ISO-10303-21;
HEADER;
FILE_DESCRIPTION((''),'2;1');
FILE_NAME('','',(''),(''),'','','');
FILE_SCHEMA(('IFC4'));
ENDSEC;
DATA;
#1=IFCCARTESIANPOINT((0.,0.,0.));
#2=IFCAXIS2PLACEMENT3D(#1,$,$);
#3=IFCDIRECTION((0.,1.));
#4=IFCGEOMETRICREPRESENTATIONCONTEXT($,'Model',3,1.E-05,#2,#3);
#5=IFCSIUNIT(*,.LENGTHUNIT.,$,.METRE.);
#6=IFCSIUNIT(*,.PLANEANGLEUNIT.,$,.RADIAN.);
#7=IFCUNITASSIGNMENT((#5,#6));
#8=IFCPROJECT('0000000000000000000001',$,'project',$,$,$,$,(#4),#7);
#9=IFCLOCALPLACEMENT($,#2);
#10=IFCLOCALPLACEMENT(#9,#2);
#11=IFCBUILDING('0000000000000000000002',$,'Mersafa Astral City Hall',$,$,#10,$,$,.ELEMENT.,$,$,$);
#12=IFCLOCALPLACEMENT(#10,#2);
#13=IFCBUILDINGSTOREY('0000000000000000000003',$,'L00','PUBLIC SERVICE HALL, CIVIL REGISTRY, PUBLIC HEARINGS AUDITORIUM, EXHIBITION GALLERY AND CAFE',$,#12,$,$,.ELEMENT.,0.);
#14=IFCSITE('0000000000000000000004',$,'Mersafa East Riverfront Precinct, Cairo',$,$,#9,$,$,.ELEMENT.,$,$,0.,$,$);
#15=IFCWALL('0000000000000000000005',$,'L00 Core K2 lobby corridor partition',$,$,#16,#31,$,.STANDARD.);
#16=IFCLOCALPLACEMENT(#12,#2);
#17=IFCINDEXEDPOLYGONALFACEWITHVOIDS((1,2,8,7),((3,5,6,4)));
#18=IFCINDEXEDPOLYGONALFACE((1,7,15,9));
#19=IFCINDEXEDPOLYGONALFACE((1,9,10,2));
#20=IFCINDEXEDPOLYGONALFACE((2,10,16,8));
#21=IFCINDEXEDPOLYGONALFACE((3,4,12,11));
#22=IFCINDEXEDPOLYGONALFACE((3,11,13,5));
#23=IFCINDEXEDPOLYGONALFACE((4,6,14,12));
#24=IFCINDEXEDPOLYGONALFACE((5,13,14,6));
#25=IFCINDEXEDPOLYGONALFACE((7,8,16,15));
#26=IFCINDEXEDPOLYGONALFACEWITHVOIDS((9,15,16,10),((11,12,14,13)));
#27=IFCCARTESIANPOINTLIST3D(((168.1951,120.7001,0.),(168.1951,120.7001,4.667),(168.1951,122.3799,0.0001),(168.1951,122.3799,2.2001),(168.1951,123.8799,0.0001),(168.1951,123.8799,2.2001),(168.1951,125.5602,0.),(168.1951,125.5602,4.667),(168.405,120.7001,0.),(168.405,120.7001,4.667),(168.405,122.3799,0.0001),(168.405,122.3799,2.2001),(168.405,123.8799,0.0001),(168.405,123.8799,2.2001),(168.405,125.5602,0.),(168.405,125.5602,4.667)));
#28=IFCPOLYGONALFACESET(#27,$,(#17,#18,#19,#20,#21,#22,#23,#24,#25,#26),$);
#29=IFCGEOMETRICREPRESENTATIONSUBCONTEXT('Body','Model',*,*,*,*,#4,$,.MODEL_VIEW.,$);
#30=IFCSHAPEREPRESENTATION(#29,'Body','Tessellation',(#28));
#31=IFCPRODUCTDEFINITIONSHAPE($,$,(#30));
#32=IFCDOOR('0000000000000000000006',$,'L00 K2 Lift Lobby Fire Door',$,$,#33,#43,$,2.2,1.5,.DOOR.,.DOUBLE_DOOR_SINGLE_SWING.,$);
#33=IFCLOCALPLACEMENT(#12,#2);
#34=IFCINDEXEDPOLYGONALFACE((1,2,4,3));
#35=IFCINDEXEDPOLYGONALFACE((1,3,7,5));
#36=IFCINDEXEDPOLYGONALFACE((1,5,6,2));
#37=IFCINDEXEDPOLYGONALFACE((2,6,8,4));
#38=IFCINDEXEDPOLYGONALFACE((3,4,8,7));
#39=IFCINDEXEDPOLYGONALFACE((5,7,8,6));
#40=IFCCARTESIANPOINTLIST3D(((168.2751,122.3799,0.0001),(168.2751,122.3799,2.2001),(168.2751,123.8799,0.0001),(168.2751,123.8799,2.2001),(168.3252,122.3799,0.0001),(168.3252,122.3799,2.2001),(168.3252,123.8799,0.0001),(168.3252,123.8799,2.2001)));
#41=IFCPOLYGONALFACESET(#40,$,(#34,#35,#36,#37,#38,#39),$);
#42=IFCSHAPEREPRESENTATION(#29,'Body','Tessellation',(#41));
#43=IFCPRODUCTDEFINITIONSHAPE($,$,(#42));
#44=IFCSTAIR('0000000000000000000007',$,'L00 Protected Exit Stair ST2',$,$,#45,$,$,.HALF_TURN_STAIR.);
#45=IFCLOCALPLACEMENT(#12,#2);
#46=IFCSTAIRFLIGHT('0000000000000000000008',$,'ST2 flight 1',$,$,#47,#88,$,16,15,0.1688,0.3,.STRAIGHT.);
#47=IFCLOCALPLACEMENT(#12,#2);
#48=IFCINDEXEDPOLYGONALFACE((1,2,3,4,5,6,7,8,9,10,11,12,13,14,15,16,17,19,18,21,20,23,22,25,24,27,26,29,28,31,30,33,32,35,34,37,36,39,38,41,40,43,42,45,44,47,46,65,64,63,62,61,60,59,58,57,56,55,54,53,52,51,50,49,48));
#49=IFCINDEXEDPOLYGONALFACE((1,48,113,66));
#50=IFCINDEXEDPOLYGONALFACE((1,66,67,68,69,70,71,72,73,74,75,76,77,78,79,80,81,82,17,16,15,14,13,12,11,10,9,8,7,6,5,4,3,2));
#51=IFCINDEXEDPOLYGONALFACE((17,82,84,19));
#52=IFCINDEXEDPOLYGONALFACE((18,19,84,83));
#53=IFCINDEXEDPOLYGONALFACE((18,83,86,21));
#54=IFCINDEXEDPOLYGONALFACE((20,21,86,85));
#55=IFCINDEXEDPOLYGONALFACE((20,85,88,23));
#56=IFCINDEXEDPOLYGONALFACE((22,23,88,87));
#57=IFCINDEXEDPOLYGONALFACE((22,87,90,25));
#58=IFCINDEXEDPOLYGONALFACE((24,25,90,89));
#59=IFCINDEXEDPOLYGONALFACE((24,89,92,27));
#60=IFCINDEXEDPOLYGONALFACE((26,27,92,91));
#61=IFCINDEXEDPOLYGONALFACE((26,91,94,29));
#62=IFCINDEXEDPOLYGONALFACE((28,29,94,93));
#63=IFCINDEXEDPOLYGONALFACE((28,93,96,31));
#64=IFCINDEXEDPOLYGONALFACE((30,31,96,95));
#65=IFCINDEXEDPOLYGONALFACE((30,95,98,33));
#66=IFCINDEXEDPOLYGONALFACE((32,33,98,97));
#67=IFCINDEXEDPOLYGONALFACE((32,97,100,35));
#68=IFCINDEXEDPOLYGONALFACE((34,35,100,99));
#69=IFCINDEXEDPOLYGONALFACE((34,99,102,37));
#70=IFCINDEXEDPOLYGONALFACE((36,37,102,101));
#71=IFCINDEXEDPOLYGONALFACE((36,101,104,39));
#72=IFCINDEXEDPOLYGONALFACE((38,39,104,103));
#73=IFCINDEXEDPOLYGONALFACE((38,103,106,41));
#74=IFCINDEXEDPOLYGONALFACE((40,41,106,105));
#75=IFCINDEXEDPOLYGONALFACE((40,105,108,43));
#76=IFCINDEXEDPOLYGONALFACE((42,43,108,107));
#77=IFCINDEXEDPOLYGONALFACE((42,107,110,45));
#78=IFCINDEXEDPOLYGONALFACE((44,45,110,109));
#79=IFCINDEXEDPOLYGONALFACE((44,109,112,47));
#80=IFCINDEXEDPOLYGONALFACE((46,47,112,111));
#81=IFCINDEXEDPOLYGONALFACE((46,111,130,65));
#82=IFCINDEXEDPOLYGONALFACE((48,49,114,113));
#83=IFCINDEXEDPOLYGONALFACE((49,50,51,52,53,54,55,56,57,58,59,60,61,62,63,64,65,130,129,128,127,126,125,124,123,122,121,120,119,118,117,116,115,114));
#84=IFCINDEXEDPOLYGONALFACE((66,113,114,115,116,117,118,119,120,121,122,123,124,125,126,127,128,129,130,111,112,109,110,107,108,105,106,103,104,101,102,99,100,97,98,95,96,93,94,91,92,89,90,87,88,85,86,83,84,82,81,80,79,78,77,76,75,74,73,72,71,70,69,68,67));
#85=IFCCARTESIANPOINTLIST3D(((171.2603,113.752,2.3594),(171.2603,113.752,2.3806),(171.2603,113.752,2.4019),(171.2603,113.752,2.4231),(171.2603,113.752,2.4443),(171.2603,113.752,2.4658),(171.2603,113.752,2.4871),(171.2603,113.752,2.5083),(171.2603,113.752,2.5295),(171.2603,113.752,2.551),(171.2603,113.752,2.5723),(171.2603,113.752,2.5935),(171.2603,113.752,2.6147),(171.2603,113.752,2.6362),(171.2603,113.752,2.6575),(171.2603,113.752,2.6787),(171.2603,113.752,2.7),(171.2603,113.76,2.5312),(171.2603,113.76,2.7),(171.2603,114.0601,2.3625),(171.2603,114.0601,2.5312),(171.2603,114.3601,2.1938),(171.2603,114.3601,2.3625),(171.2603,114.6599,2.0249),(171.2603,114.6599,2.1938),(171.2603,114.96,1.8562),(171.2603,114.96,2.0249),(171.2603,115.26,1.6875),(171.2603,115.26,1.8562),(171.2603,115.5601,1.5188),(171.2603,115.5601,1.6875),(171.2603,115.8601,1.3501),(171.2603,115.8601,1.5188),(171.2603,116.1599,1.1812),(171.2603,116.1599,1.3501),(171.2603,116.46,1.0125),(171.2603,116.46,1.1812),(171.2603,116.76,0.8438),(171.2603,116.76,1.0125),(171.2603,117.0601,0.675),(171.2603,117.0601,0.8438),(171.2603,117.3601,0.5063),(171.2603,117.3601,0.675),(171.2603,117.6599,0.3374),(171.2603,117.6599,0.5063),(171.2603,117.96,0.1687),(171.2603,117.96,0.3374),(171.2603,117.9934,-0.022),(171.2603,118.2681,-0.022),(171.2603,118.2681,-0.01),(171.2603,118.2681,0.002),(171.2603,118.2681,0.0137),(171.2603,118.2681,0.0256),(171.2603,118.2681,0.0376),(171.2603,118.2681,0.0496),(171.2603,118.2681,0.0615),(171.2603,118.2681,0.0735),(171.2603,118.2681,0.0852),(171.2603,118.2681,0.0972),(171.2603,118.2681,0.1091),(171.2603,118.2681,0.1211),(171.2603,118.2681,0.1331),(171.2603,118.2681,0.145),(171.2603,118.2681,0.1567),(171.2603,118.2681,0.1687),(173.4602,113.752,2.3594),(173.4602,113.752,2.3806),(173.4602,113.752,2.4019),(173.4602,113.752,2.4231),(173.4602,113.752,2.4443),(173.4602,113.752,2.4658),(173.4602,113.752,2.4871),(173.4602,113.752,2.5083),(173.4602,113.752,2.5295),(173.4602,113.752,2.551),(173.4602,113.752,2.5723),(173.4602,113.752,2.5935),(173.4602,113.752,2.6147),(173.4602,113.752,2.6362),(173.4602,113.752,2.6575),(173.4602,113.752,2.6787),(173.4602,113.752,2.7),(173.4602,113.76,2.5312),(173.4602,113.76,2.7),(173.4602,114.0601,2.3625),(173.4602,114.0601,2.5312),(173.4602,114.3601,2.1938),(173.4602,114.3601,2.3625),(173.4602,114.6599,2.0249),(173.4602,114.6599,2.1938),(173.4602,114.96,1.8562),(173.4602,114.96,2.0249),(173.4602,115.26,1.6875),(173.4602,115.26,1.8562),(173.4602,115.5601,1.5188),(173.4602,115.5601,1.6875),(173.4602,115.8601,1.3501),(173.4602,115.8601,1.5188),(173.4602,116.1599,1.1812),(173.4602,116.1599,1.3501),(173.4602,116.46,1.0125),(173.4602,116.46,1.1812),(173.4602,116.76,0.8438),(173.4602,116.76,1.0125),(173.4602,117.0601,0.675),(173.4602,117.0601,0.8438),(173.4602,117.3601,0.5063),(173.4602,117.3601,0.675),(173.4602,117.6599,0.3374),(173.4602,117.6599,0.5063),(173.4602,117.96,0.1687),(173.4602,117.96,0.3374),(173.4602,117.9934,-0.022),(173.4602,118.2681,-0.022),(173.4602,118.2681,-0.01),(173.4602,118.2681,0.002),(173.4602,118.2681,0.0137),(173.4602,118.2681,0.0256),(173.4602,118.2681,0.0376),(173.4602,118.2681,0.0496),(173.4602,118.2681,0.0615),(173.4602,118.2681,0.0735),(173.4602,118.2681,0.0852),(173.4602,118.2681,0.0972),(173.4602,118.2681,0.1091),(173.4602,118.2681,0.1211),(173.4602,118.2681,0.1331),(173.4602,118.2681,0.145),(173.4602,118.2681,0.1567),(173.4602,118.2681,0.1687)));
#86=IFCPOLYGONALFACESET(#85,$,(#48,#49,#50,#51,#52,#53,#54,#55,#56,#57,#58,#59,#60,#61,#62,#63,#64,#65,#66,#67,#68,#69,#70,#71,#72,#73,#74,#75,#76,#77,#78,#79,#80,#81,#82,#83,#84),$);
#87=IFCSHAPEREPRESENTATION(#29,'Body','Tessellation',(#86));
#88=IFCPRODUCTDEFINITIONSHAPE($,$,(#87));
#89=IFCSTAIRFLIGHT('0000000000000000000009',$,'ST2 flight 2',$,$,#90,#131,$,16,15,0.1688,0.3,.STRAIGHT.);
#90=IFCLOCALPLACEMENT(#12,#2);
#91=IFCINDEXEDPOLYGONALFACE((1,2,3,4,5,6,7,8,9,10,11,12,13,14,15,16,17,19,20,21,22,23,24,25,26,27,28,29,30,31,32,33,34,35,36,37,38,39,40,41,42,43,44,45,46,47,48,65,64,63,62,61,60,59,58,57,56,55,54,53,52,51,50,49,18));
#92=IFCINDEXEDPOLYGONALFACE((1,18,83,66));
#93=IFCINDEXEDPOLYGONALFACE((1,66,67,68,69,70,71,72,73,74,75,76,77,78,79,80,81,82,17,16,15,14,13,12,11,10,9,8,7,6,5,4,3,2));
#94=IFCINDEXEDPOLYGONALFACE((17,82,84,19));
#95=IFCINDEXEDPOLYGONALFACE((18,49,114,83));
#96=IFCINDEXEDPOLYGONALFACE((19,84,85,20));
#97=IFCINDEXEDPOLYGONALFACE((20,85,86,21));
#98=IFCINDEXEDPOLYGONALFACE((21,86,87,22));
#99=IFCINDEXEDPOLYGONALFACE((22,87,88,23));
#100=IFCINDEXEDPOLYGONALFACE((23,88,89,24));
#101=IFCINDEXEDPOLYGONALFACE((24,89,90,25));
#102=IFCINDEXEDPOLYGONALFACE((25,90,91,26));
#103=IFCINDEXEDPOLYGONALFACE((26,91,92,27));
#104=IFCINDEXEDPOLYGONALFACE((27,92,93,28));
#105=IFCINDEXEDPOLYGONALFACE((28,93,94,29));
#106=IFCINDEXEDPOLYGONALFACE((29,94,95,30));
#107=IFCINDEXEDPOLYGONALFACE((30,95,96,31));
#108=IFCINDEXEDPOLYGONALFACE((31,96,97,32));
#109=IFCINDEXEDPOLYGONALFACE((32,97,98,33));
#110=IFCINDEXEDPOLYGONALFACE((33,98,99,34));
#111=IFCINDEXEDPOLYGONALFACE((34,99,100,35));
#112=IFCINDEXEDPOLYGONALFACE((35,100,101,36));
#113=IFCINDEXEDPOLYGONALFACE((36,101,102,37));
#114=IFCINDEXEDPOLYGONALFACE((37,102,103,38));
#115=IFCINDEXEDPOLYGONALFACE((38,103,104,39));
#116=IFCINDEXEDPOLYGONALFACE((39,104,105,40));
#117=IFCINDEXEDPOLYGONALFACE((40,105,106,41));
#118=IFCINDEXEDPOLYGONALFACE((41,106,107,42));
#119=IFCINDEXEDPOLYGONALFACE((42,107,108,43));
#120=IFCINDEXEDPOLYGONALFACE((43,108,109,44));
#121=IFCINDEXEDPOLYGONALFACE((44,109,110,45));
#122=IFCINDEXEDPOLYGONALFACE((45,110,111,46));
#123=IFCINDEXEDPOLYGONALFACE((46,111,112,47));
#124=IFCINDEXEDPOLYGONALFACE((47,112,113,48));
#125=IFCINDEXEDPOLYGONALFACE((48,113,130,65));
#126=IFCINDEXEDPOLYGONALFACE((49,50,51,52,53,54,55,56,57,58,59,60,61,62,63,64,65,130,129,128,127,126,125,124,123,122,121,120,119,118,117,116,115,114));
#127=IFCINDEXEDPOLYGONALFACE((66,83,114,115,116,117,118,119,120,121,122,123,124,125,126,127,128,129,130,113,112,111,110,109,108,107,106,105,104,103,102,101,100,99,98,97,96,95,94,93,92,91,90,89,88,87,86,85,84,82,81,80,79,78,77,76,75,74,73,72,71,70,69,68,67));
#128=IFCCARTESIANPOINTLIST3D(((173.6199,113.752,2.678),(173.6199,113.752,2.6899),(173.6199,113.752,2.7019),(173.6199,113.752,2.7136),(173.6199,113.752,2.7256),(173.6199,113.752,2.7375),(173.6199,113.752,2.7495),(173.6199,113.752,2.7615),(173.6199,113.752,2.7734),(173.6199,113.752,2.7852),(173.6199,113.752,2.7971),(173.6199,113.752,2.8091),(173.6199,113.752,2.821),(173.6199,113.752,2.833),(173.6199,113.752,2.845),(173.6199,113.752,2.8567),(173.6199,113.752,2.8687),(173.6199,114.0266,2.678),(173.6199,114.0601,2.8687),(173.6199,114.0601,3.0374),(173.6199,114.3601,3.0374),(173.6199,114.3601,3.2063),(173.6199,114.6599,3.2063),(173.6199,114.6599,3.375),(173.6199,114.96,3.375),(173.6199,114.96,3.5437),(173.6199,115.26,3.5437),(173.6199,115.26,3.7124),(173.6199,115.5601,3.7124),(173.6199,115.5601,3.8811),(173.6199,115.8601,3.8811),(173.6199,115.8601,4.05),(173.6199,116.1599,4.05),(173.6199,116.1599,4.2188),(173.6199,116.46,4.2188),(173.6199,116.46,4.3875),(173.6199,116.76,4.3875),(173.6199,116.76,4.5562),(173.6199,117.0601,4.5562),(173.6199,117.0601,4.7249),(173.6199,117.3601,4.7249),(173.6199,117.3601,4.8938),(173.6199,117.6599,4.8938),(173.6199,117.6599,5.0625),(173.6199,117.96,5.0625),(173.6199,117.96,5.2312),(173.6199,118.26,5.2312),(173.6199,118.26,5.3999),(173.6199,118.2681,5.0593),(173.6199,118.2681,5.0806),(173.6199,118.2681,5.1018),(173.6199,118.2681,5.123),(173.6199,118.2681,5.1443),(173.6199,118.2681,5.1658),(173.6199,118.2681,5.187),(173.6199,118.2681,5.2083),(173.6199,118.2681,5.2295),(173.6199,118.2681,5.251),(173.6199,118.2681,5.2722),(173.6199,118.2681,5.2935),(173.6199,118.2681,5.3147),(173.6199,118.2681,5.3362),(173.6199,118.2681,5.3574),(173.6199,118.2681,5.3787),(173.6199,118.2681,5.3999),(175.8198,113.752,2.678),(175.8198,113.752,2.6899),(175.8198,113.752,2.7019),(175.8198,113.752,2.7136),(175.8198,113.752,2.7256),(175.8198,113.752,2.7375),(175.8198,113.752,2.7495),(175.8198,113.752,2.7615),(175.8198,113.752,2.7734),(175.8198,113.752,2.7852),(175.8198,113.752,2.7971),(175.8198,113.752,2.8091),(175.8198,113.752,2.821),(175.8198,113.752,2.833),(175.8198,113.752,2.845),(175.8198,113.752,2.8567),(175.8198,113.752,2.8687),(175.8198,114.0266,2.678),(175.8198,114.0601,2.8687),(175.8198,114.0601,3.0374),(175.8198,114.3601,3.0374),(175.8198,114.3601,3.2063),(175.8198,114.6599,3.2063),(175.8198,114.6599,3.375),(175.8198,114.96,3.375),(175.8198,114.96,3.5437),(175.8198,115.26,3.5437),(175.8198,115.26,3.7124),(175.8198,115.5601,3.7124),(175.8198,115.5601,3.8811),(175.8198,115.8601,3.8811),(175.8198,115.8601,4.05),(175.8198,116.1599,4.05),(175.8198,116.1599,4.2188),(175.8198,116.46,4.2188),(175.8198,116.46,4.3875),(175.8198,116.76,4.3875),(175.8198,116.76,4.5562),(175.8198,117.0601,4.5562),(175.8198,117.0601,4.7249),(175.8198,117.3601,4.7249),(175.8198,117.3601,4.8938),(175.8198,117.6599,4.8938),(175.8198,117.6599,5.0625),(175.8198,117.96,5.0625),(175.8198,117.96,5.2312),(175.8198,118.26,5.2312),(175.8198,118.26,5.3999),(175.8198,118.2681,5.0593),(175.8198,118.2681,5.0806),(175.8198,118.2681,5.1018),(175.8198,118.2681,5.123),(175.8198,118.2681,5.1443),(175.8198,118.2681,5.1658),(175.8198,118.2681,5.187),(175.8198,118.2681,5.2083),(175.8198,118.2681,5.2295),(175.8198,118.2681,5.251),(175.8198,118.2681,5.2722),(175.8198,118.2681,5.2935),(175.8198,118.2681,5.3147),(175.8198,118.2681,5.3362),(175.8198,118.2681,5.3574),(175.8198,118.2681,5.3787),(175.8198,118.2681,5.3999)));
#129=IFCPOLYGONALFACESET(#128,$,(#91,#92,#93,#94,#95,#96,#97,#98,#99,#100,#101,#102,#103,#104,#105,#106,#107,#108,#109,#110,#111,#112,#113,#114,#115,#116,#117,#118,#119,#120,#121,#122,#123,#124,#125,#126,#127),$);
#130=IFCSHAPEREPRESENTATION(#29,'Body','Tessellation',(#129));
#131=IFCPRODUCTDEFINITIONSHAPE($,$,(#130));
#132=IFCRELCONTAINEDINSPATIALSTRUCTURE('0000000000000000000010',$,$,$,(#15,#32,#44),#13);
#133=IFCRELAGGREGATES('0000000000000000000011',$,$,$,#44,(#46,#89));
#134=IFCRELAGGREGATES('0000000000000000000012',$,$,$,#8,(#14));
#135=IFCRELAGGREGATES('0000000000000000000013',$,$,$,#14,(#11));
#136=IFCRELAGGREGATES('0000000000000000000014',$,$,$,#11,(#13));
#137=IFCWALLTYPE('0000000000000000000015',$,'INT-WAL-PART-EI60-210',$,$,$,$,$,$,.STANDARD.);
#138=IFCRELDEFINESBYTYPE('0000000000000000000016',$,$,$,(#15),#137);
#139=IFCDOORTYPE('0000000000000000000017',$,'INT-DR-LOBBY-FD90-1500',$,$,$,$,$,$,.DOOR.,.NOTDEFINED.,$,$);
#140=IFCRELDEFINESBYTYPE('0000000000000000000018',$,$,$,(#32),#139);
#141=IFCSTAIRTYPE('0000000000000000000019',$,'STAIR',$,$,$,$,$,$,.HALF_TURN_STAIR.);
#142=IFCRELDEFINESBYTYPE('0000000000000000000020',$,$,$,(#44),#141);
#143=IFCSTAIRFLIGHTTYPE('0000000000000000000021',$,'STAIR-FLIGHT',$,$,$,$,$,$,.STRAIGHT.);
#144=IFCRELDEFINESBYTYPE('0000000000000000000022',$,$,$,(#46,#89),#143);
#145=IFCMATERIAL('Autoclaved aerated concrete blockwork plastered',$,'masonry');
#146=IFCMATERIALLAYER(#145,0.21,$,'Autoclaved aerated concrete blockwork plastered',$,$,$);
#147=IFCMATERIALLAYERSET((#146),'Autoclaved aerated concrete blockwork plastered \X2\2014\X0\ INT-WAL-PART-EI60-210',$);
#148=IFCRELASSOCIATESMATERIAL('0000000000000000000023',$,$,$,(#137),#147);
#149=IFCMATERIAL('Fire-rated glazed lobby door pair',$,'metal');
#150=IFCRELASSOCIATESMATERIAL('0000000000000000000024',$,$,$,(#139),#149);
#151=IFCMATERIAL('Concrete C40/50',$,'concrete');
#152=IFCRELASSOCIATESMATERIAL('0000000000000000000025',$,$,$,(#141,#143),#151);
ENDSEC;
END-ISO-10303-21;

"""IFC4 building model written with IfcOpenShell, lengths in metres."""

from ifc_helpers import new_model, si_unit, direction, frame, frame_2d, origin, place, context, subcontext, project, spatial, polyline, rectangle, outline, extrude, material, layer, layer_set, type_object, element, fill, aggregate, save


model = new_model("IFC4")

# Units and contexts
model_context = context("Model", 3, precision=1e-05, world=origin(), true_north=direction((0.0, 1.0)))
body_context = subcontext(model_context, "Body", "Model", "MODEL_VIEW")
ifc_project = project(units=[si_unit("LENGTHUNIT", "METRE"), si_unit("PLANEANGLEUNIT", "RADIAN")], contexts=[model_context])

# Site, building, storey
site_placement = place(None, origin())
site = spatial("IfcSite", under=ifc_project, at=site_placement, Name="Mersafa East Riverfront Precinct, Cairo", CompositionType="ELEMENT", RefElevation=0.0)
building_placement = place(site_placement, origin())
building = spatial("IfcBuilding", under=site, at=building_placement, Name="Mersafa Astral City Hall", CompositionType="ELEMENT")
storey_placement = place(building_placement, origin())
storey = spatial("IfcBuildingStorey", under=building, at=storey_placement, Name="L00", Description="PUBLIC SERVICE HALL, CIVIL REGISTRY, PUBLIC HEARINGS AUDITORIUM, EXHIBITION GALLERY AND CAFE", CompositionType="ELEMENT", Elevation=0.0)

# Shared definitions
ifc_material_1 = material(Name="Concrete C40/50", Category="concrete")

# Wall, opening, door
ifc_material_2 = material(Name="Autoclaved aerated concrete blockwork plastered", Category="masonry")
ifc_layer_1 = layer(ifc_material_2, 0.21, Name="Autoclaved aerated concrete blockwork plastered")
ifc_layer_set_1 = layer_set([ifc_layer_1], Name="Autoclaved aerated concrete blockwork plastered — INT-WAL-PART-EI60-210")
wall_type_1 = type_object("IfcWallType", Name="INT-WAL-PART-EI60-210", PredefinedType="STANDARD", material=ifc_layer_set_1)
wall_1_placement = place(storey_placement, frame((168.3, 120.7, 0.0), z_axis=(0.0, 0.0, 1.0), x_axis=(0.0, 1.0, 0.0)))
wall_1 = element("IfcWall", 1, at=wall_1_placement, inside=storey, type_object=wall_type_1, Name="L00 Core K2 lobby corridor partition", PredefinedType="STANDARD", context=body_context, shape_type="SweptSolid", body=[
    extrude(rectangle(XDim=4.8601, YDim=0.21, at=frame_2d((2.4302, 0.0))), origin(), (0.0, 0.0, 1.0), 4.667),
])
opening_1_placement = place(wall_1_placement, frame((1.6799, 0.0, 0.0)))
opening_1 = element("IfcOpeningElement", 2, at=opening_1_placement, cuts=wall_1, PredefinedType="OPENING", context=body_context, shape_type="SweptSolid", body=[
    extrude(rectangle(XDim=1.5, YDim=2.2, at=frame_2d((0.75, 1.1001))), frame((0.0, 0.115, 0.0), z_axis=(0.0, -1.0, 0.0), x_axis=(1.0, 0.0, 0.0)), (0.0, 0.0, 1.0), 0.23),
])
ifc_material_3 = material(Name="Fire-rated glazed lobby door pair", Category="metal")
door_type_1 = type_object("IfcDoorType", Name="INT-DR-LOBBY-FD90-1500", OperationType="NOTDEFINED", PredefinedType="DOOR", material=ifc_material_3)
door_1_placement = place(opening_1_placement, origin())
door_1 = element("IfcDoor", 3, at=door_1_placement, inside=storey, type_object=door_type_1, Name="L00 K2 Lift Lobby Fire Door", OperationType="DOUBLE_DOOR_SINGLE_SWING", OverallHeight=2.2, OverallWidth=1.5, PredefinedType="DOOR", context=body_context, shape_type="SweptSolid", body=[
    extrude(rectangle(XDim=1.5, YDim=2.2, at=frame_2d((0.75, 1.1001))), frame((0.0, 0.0249, 0.0), z_axis=(0.0, -1.0, 0.0), x_axis=(1.0, 0.0, 0.0)), (0.0, 0.0, 1.0), 0.05),
])
fill(opening_1, door_1)

# Stair, stair flights
stair_type = type_object("IfcStairType", Name="STAIR", PredefinedType="HALF_TURN_STAIR", material=ifc_material_1)
stair_placement = place(storey_placement, origin())
stair = element("IfcStair", 4, at=stair_placement, inside=storey, type_object=stair_type, Name="L00 Protected Exit Stair ST2", PredefinedType="HALF_TURN_STAIR")
stair_flight_type = type_object("IfcStairFlightType", Name="STAIR-FLIGHT", PredefinedType="STRAIGHT", material=ifc_material_1)
stair_flight_1_placement = place(storey_placement, frame((172.3601, 118.26, 0.0), z_axis=(0.0, 0.0, 1.0), x_axis=(0.0, -1.0, 0.0)))
stair_flight_1 = element("IfcStairFlight", 5, at=stair_flight_1_placement, type_object=stair_flight_type, Name="ST2 flight 1", NumberOfRisers=16, NumberOfTreads=15, PredefinedType="STRAIGHT", RiserHeight=0.1688, TreadLength=0.3, context=body_context, shape_type="SweptSolid", body=[
    extrude(outline(polyline([(-0.0081, -0.022), (-0.0081, -0.01), (-0.0081, 0.002), (-0.0081, 0.0137), (-0.0081, 0.0256), (-0.0081, 0.0376), (-0.0081, 0.0496), (-0.0081, 0.0615), (-0.0081, 0.0735), (-0.0081, 0.0852), (-0.0081, 0.0972), (-0.0081, 0.1091), (-0.0081, 0.1211), (-0.0081, 0.1331), (-0.0081, 0.145), (-0.0081, 0.1567), (-0.0081, 0.1687), (0.3, 0.1687), (0.3, 0.3374), (0.6001, 0.3374), (0.6001, 0.5063), (0.8999, 0.5063), (0.8999, 0.675), (1.2, 0.675), (1.2, 0.8438), (1.5, 0.8438), (1.5, 1.0125), (1.8, 1.0125), (1.8, 1.1812), (2.1001, 1.1812), (2.1001, 1.3501), (2.3999, 1.3501), (2.3999, 1.5188), (2.7, 1.5188), (2.7, 1.6875), (3.0, 1.6875), (3.0, 1.8562), (3.3, 1.8562), (3.3, 2.0249), (3.6001, 2.0249), (3.6001, 2.1938), (3.8999, 2.1938), (3.8999, 2.3625), (4.2, 2.3625), (4.2, 2.5312), (4.5, 2.5312), (4.5, 2.7), (4.5081, 2.7), (4.5081, 2.6787), (4.5081, 2.6575), (4.5081, 2.6362), (4.5081, 2.6147), (4.5081, 2.5935), (4.5081, 2.5723), (4.5081, 2.551), (4.5081, 2.5295), (4.5081, 2.5083), (4.5081, 2.4871), (4.5081, 2.4658), (4.5081, 2.4443), (4.5081, 2.4231), (4.5081, 2.4019), (4.5081, 2.3806), (4.5081, 2.3594), (0.2666, -0.022), (-0.0081, -0.022)])), frame((0.0, 1.1001, 0.0), z_axis=(0.0, -1.0, 0.0), x_axis=(1.0, 0.0, 0.0)), (0.0, 0.0, 1.0), 2.2),
])
stair_flight_2_placement = place(storey_placement, frame((174.72, 113.76, 2.7), z_axis=(0.0, 0.0, 1.0), x_axis=(0.0, 1.0, 0.0)))
stair_flight_2 = element("IfcStairFlight", 6, at=stair_flight_2_placement, type_object=stair_flight_type, Name="ST2 flight 2", NumberOfRisers=16, NumberOfTreads=15, PredefinedType="STRAIGHT", RiserHeight=0.1688, TreadLength=0.3, context=body_context, shape_type="SweptSolid", body=[
    extrude(outline(polyline([(-0.0081, -0.022), (-0.0081, -0.01), (-0.0081, 0.002), (-0.0081, 0.0137), (-0.0081, 0.0256), (-0.0081, 0.0376), (-0.0081, 0.0496), (-0.0081, 0.0615), (-0.0081, 0.0735), (-0.0081, 0.0852), (-0.0081, 0.0972), (-0.0081, 0.1091), (-0.0081, 0.1211), (-0.0081, 0.1331), (-0.0081, 0.145), (-0.0081, 0.1567), (-0.0081, 0.1687), (0.3, 0.1687), (0.3, 0.3374), (0.6001, 0.3374), (0.6001, 0.5063), (0.8999, 0.5063), (0.8999, 0.675), (1.2, 0.675), (1.2, 0.8438), (1.5, 0.8438), (1.5, 1.0125), (1.8, 1.0125), (1.8, 1.1812), (2.1001, 1.1812), (2.1001, 1.3501), (2.3999, 1.3501), (2.3999, 1.5188), (2.7, 1.5188), (2.7, 1.6875), (3.0, 1.6875), (3.0, 1.8562), (3.3, 1.8562), (3.3, 2.0249), (3.6001, 2.0249), (3.6001, 2.1938), (3.8999, 2.1938), (3.8999, 2.3625), (4.2, 2.3625), (4.2, 2.5312), (4.5, 2.5312), (4.5, 2.7), (4.5081, 2.7), (4.5081, 2.6787), (4.5081, 2.6575), (4.5081, 2.6362), (4.5081, 2.6147), (4.5081, 2.5935), (4.5081, 2.5723), (4.5081, 2.551), (4.5081, 2.5295), (4.5081, 2.5083), (4.5081, 2.4871), (4.5081, 2.4658), (4.5081, 2.4443), (4.5081, 2.4231), (4.5081, 2.4019), (4.5081, 2.3806), (4.5081, 2.3594), (0.2666, -0.022), (-0.0081, -0.022)])), frame((0.0, 1.1001, 0.0), z_axis=(0.0, -1.0, 0.0), x_axis=(1.0, 0.0, 0.0)), (0.0, 0.0, 1.0), 2.2),
])
aggregate(stair, [stair_flight_1, stair_flight_2])

save(model, "model.ifc")
